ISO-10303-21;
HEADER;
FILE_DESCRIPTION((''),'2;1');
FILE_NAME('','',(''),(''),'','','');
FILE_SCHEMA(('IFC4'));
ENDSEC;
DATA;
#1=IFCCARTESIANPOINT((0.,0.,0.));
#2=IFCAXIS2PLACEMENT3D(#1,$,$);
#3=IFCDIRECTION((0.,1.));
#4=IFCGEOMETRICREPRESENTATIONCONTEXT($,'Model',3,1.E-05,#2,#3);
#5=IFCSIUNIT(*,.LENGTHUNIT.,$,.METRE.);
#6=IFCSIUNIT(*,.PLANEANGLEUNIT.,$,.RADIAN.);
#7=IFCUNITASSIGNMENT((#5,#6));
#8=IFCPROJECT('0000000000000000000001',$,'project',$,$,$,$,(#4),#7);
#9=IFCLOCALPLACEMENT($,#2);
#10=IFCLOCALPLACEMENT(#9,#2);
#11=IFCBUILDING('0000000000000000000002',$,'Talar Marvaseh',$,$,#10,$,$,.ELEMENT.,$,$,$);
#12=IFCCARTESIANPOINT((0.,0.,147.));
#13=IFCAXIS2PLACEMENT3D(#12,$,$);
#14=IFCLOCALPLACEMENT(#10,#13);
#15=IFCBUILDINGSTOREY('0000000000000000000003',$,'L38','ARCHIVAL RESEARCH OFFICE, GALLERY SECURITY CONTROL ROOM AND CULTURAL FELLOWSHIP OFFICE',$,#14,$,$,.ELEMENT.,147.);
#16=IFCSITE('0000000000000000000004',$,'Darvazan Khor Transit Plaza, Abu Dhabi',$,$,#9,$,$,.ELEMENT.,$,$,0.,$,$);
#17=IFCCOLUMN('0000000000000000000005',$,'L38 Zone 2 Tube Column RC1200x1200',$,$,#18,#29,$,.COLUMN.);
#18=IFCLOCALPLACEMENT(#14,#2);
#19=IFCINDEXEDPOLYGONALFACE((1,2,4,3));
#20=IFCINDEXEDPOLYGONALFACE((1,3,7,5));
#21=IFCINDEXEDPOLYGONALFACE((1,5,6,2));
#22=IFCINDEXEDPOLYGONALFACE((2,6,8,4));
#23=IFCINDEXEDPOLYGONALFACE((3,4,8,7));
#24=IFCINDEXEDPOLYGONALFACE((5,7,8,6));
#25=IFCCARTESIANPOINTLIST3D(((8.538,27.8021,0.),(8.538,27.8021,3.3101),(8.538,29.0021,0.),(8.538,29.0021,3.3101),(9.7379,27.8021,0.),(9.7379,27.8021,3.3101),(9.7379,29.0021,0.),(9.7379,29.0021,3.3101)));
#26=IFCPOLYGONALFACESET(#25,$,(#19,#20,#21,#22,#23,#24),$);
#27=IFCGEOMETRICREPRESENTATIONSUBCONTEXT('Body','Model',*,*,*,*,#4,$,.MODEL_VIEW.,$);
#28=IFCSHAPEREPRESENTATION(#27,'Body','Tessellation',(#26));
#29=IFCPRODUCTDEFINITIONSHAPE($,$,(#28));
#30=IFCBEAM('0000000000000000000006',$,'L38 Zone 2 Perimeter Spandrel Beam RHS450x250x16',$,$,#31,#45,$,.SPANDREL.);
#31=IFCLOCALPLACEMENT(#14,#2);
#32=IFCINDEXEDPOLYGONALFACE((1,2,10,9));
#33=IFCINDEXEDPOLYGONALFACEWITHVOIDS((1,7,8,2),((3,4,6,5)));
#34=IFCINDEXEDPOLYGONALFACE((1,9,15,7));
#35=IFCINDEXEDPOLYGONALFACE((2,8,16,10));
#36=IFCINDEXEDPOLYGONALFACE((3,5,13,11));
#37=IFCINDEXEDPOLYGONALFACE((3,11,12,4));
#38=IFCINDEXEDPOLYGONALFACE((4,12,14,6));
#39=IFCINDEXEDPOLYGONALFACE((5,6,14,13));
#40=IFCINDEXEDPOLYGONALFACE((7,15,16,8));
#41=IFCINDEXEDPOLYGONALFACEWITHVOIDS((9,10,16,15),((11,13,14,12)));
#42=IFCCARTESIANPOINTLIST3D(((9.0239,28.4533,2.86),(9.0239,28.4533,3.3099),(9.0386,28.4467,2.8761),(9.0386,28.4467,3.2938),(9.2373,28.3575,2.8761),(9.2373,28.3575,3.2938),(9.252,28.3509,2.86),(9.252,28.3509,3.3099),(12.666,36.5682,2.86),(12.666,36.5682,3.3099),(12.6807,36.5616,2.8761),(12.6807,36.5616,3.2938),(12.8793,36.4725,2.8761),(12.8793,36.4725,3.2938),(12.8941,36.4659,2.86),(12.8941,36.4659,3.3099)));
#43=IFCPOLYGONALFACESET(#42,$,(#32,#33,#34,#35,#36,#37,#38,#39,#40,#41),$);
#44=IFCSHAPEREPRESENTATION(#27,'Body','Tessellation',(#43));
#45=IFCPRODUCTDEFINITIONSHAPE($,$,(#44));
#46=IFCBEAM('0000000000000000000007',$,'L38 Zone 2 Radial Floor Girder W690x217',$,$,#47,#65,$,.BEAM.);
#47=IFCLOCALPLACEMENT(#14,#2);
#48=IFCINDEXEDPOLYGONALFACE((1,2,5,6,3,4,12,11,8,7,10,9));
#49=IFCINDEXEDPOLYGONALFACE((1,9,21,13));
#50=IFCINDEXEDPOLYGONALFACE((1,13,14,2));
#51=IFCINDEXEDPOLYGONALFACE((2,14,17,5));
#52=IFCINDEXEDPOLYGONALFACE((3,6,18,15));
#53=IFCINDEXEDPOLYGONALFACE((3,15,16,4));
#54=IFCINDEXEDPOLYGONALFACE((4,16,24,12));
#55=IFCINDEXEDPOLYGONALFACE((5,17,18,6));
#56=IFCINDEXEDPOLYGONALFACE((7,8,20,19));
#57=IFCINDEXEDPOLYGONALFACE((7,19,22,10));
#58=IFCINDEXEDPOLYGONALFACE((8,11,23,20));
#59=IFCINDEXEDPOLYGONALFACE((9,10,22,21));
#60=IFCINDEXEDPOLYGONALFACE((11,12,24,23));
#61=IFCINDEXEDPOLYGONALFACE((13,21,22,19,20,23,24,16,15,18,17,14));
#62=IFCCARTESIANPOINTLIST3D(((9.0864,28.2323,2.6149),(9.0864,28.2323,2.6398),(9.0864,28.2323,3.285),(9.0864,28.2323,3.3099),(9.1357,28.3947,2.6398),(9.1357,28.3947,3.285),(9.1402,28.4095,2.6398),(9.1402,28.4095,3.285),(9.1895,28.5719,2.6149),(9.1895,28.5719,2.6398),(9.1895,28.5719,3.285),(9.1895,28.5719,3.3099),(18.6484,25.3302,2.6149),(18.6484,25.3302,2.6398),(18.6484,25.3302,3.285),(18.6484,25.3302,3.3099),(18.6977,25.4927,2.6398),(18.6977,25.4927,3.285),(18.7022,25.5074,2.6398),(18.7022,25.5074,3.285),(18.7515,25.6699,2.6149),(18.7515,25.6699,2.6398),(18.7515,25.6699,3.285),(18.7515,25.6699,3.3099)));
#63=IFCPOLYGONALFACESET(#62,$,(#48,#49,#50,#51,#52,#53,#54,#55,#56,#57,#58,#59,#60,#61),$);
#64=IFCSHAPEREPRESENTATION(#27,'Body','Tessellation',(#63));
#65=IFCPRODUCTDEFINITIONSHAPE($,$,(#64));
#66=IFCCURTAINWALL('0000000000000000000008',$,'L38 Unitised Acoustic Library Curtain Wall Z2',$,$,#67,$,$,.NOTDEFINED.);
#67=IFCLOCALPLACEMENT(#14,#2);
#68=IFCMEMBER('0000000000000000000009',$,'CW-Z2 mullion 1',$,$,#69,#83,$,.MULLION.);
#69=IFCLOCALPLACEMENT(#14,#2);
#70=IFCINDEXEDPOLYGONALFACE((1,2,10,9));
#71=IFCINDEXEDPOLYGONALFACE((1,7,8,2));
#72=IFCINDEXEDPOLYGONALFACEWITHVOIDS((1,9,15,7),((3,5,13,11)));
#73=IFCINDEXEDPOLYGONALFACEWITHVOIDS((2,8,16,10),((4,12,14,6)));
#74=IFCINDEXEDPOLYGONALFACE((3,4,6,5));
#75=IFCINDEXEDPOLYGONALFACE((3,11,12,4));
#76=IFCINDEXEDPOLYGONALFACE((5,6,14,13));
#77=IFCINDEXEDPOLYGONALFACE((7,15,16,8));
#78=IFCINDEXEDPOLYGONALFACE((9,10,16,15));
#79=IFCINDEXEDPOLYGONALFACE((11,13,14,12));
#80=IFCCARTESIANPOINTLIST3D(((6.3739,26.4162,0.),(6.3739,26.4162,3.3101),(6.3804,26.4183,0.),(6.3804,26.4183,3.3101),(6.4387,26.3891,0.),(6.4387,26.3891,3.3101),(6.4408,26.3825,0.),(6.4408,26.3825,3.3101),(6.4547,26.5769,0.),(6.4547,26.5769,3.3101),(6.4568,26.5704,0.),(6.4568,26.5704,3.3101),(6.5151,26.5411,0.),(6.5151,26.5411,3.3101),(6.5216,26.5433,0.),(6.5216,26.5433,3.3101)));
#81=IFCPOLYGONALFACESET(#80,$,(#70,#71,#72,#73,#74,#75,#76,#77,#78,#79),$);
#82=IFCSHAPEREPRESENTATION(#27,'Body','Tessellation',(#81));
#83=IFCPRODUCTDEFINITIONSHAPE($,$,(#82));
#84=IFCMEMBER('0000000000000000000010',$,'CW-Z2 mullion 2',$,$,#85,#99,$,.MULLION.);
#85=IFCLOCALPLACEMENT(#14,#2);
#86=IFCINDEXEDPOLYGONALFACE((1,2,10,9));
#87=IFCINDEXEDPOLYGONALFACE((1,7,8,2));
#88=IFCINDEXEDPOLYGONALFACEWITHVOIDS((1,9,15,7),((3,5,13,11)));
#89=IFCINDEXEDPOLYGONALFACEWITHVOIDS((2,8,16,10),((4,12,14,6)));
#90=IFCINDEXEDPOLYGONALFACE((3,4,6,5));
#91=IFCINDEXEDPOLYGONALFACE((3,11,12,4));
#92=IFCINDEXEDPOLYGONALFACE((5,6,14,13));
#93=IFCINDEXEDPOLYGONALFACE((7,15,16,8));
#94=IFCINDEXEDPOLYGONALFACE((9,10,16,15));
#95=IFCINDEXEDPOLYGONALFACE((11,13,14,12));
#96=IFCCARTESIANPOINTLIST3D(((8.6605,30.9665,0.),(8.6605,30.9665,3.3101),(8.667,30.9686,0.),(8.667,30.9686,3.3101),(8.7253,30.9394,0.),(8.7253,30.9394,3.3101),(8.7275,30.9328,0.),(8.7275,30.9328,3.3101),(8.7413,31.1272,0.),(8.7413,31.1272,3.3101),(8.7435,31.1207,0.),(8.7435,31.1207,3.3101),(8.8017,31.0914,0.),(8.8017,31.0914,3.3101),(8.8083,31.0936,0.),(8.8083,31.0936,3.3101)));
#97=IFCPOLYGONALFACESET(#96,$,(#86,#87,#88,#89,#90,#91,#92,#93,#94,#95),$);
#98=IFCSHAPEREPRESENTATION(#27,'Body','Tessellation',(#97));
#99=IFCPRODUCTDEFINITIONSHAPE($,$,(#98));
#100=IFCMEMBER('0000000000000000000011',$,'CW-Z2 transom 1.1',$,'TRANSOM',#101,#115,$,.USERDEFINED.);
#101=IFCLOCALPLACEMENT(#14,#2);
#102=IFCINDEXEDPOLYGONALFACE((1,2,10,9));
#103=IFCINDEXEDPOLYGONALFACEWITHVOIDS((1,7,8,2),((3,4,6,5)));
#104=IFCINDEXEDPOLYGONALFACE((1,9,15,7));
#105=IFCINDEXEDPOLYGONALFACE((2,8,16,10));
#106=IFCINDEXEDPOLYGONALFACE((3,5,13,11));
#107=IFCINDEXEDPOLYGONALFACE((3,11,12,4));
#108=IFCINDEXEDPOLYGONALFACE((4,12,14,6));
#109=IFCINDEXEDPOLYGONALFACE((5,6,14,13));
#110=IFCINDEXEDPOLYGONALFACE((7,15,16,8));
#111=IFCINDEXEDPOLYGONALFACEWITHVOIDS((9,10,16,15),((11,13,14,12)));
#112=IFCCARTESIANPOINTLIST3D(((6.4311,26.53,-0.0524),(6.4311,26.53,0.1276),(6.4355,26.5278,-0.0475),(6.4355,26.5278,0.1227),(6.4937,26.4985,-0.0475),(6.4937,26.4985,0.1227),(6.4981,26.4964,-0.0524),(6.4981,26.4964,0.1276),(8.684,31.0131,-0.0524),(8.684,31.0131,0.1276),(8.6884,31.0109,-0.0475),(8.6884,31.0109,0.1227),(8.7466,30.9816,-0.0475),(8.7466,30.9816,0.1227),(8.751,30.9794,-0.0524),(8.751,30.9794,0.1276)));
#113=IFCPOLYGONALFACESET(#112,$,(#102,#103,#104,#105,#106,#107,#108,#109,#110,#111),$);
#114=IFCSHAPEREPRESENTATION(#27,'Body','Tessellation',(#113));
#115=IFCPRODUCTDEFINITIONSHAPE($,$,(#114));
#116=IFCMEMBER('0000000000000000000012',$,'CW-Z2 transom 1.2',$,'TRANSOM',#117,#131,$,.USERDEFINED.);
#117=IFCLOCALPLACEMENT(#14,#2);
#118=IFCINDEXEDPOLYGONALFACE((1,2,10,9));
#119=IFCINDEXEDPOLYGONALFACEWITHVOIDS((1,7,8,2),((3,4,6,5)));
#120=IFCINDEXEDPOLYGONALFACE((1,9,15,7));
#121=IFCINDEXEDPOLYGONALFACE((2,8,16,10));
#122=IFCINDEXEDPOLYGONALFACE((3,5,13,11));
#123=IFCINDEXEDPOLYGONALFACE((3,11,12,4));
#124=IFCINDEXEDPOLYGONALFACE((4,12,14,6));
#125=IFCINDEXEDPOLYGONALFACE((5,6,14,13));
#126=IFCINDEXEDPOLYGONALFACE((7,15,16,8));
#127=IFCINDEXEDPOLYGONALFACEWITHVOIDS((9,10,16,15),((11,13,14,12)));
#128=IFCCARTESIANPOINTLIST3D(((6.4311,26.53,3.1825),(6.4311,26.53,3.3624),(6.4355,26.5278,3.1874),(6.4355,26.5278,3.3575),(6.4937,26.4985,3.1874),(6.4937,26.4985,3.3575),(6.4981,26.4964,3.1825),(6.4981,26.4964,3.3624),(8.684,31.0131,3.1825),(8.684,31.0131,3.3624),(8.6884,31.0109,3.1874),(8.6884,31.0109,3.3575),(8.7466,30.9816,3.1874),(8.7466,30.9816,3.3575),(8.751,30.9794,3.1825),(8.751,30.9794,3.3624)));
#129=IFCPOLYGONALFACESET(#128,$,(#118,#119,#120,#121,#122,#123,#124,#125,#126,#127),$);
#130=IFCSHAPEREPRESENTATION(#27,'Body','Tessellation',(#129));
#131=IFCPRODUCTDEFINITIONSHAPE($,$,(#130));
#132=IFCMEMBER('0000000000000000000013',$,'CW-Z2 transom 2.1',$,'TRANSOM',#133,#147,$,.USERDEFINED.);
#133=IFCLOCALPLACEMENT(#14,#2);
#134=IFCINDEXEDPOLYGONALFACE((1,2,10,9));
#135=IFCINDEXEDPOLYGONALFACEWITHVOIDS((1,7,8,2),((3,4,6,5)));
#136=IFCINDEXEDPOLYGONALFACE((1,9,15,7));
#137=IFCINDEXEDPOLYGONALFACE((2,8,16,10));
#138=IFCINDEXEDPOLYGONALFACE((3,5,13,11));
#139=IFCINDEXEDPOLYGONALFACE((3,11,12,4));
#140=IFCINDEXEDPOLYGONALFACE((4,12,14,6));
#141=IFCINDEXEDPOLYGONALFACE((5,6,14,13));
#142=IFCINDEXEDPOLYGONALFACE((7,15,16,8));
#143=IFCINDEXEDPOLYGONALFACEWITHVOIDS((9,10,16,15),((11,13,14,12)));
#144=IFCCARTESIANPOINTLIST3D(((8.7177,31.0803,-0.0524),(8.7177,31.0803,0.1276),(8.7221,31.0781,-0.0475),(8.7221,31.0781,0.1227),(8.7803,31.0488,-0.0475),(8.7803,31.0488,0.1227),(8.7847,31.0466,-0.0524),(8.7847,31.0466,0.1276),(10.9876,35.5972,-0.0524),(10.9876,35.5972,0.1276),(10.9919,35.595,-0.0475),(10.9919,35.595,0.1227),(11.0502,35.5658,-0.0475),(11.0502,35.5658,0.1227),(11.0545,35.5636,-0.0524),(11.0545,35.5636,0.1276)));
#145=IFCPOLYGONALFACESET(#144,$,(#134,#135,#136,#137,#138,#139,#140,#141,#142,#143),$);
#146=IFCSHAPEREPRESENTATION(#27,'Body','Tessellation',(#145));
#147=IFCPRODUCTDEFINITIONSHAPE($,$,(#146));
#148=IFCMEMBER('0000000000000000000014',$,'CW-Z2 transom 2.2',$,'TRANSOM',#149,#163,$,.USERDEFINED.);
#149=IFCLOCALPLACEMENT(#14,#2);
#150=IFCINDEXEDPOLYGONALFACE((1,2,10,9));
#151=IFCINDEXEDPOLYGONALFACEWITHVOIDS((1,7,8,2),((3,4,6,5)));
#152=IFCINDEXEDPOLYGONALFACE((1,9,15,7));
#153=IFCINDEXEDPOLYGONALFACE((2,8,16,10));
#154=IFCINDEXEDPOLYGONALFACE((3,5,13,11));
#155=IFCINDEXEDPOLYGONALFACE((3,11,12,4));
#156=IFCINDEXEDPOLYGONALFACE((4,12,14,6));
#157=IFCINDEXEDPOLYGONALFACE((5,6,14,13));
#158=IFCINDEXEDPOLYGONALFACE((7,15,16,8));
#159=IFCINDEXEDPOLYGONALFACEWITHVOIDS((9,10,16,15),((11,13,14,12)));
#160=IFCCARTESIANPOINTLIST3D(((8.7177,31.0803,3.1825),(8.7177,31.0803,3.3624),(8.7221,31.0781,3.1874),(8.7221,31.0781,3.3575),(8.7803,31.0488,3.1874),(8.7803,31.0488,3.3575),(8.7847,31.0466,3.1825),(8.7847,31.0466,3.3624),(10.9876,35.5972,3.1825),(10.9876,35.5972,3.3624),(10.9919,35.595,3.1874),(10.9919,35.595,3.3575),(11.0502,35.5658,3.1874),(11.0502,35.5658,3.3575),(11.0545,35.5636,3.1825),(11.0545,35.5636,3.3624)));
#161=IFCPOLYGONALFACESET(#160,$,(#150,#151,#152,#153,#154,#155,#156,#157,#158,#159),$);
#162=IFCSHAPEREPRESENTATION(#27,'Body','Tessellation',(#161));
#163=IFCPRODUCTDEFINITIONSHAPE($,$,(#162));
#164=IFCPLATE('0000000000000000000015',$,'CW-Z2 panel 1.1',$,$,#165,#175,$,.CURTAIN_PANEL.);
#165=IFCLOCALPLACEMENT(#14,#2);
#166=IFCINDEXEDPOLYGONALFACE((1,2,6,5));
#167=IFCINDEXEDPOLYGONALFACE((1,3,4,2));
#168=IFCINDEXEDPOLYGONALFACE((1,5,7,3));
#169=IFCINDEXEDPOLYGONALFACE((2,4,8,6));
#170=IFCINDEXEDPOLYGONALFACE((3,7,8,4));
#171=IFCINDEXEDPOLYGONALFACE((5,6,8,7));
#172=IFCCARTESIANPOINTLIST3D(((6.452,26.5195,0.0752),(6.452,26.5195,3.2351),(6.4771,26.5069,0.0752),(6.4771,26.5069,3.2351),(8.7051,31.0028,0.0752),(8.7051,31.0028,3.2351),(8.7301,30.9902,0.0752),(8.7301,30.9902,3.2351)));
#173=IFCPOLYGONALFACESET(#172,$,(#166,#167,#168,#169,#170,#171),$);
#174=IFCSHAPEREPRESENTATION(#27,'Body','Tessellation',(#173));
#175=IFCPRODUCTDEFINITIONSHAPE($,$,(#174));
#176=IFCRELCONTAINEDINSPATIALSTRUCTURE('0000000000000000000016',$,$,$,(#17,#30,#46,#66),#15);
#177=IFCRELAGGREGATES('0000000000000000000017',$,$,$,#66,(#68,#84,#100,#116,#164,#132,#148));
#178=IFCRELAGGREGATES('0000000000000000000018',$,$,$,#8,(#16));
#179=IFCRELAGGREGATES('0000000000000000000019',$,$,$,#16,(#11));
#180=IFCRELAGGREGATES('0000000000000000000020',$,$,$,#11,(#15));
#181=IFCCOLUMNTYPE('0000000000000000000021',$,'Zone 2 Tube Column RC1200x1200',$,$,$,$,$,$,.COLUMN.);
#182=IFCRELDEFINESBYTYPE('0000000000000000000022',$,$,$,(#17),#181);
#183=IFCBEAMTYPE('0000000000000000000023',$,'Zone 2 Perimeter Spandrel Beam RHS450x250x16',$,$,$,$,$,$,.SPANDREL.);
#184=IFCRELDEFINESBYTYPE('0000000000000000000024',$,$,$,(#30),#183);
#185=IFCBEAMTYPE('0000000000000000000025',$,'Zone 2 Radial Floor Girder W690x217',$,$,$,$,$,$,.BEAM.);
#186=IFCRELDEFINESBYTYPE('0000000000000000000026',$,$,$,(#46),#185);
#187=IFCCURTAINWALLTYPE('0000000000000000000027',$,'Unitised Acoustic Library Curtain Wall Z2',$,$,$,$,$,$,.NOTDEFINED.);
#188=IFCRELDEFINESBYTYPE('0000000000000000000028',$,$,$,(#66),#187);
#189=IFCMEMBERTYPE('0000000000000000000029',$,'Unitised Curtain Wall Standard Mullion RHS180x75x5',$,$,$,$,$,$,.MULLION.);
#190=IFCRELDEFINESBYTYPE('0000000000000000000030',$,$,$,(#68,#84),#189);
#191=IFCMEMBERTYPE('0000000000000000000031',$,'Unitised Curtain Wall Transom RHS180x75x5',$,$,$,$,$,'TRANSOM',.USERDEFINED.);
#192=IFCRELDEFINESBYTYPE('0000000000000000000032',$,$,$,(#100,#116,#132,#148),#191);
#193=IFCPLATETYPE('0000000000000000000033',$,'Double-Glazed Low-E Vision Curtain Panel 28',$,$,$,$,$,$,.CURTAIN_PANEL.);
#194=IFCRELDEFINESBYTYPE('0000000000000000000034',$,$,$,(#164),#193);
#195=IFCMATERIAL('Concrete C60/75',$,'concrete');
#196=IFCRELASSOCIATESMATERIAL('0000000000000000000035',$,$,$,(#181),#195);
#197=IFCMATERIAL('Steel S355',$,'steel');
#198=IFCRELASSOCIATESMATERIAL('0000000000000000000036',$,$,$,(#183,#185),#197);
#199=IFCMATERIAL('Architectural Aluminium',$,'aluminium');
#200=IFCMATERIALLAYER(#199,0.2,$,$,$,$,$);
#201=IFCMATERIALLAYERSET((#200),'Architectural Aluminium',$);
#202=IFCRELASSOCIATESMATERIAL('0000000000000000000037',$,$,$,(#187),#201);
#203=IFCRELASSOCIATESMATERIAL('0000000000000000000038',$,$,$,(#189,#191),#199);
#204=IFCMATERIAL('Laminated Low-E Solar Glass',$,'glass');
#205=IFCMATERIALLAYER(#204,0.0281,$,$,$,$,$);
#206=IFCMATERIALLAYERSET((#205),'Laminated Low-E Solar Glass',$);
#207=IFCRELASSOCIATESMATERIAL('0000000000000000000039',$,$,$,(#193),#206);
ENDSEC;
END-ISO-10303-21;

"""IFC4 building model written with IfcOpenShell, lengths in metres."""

from ifc_helpers import new_model, si_unit, direction, frame, origin, origin_2d, place, context, subcontext, project, spatial, rectangle, hollow_rectangle, i_section, extrude, source, transform, mapped, material, layer, layer_set, material_profile, profile_set, type_object, type_shapes, element, aggregate, save


model = new_model("IFC4")

# Units and contexts
model_context = context("Model", 3, precision=1e-05, world=origin(), true_north=direction((0.0, 1.0)))
body_context = subcontext(model_context, "Body", "Model", "MODEL_VIEW")
ifc_project = project(units=[si_unit("LENGTHUNIT", "METRE"), si_unit("PLANEANGLEUNIT", "RADIAN")], contexts=[model_context])

# Site, building, storey
site_placement = place(None, origin())
site = spatial("IfcSite", under=ifc_project, at=site_placement, Name="Darvazan Khor Transit Plaza, Abu Dhabi", CompositionType="ELEMENT", RefElevation=0.0)
building_placement = place(site_placement, origin())
building = spatial("IfcBuilding", under=site, at=building_placement, Name="Talar Marvaseh", CompositionType="ELEMENT")
storey_placement = place(building_placement, frame((0.0, 0.0, 147.0)))
storey = spatial("IfcBuildingStorey", under=building, at=storey_placement, Name="L38", Description="ARCHIVAL RESEARCH OFFICE, GALLERY SECURITY CONTROL ROOM AND CULTURAL FELLOWSHIP OFFICE", CompositionType="ELEMENT", Elevation=147.0)

# Column
ifc_material_1 = material(Name="Concrete C60/75", Category="concrete")
ifc_material_profile_1 = material_profile(ifc_material_1, rectangle(XDim=1.2, YDim=1.2, at=origin_2d()), Name="RC1200x1200")
ifc_profile_set_1 = profile_set([ifc_material_profile_1], Name="Concrete C60/75")
column_type = type_object("IfcColumnType", Name="Zone 2 Tube Column RC1200x1200", PredefinedType="COLUMN", material=ifc_profile_set_1)
column_placement = place(storey_placement, frame((9.1379, 28.4021, 0.0), z_axis=(0.0, 0.0, 1.0), x_axis=(1.0, 0.0, 0.0)))
element("IfcColumn", 1, at=column_placement, inside=storey, type_object=column_type, Name="L38 Zone 2 Tube Column RC1200x1200", PredefinedType="COLUMN", context=body_context, shape_type="SweptSolid", body=[
    extrude(rectangle(XDim=1.2, YDim=1.2, at=origin_2d()), origin(), (0.0, 0.0, 1.0), 3.3101),
])

# Beams
ifc_material_2 = material(Name="Steel S355", Category="steel")
ifc_material_profile_2 = material_profile(ifc_material_2, hollow_rectangle(XDim=0.25, YDim=0.45, WallThickness=0.0161, at=origin_2d()), Name="RHS450x250x16")
ifc_profile_set_2 = profile_set([ifc_material_profile_2], Name="Steel S355")
beam_type_1 = type_object("IfcBeamType", Name="Zone 2 Perimeter Spandrel Beam RHS450x250x16", PredefinedType="SPANDREL", material=ifc_profile_set_2)
beam_1_placement = place(storey_placement, frame((9.1379, 28.4021, 3.085), z_axis=(0.409462, 0.912327, 0.0), x_axis=(-0.912327, 0.409462, 0.0)))
element("IfcBeam", 2, at=beam_1_placement, inside=storey, type_object=beam_type_1, Name="L38 Zone 2 Perimeter Spandrel Beam RHS450x250x16", PredefinedType="SPANDREL", context=body_context, shape_type="SweptSolid", body=[
    extrude(hollow_rectangle(XDim=0.25, YDim=0.45, WallThickness=0.0161, at=origin_2d()), origin(), (0.0, 0.0, 1.0), 8.8948),
])
ifc_material_profile_3 = material_profile(ifc_material_2, i_section(OverallWidth=0.355, OverallDepth=0.6951, WebThickness=0.0154, FlangeThickness=0.0249, at=origin_2d()), Name="W690x217")
ifc_profile_set_3 = profile_set([ifc_material_profile_3], Name="Steel S355")
beam_type_2 = type_object("IfcBeamType", Name="Zone 2 Radial Floor Girder W690x217", PredefinedType="BEAM", material=ifc_profile_set_3)
beam_2_placement = place(storey_placement, frame((9.1379, 28.4021, 2.9624), z_axis=(0.956899, -0.290422, 0.0), x_axis=(0.290422, 0.956899, 0.0)))
element("IfcBeam", 3, at=beam_2_placement, inside=storey, type_object=beam_type_2, Name="L38 Zone 2 Radial Floor Girder W690x217", PredefinedType="BEAM", context=body_context, shape_type="SweptSolid", body=[
    extrude(i_section(OverallWidth=0.355, OverallDepth=0.6951, WebThickness=0.0154, FlangeThickness=0.0249, at=origin_2d()), origin(), (0.0, 0.0, 1.0), 9.9927),
])

# Curtain wall, members, plate
ifc_material_3 = material(Name="Architectural Aluminium", Category="aluminium")
ifc_layer_1 = layer(ifc_material_3, 0.2)
ifc_layer_set_1 = layer_set([ifc_layer_1], Name="Architectural Aluminium")
curtain_wall_type = type_object("IfcCurtainWallType", Name="Unitised Acoustic Library Curtain Wall Z2", PredefinedType="NOTDEFINED", material=ifc_layer_set_1)
curtain_wall_placement = place(storey_placement, origin())
curtain_wall = element("IfcCurtainWall", 4, at=curtain_wall_placement, inside=storey, type_object=curtain_wall_type, Name="L38 Unitised Acoustic Library Curtain Wall Z2", PredefinedType="NOTDEFINED")
ifc_material_profile_4 = material_profile(ifc_material_3, hollow_rectangle(XDim=0.075, YDim=0.1799, WallThickness=0.0049, at=origin_2d()), Name="RHS180x75x5")
ifc_profile_set_4 = profile_set([ifc_material_profile_4], Name="Architectural Aluminium")
member_type_1 = type_object("IfcMemberType", Name="Unitised Curtain Wall Standard Mullion RHS180x75x5", PredefinedType="MULLION", material=ifc_profile_set_4)
shared_shape_1 = source(origin(), body_context, "Body", "SweptSolid", [
    extrude(hollow_rectangle(XDim=0.075, YDim=0.1799, WallThickness=0.0049, at=origin_2d()), origin(), (0.0, 0.0, 1.0), 3.3101),
])
type_shapes(member_type_1, [shared_shape_1])
member_1_placement = place(storey_placement, frame((6.4478, 26.4797, 0.0), z_axis=(0.0, 0.0, 1.0), x_axis=(-0.893514, 0.449035, 0.0)))
member_1 = element("IfcMember", 5, at=member_1_placement, type_object=member_type_1, Name="CW-Z2 mullion 1", PredefinedType="MULLION", context=body_context, shape_type="MappedRepresentation", body=[
    mapped(shared_shape_1, transform((0.0, 0.0, 0.0), x_axis=(1.0, 0.0, 0.0), y_axis=(0.0, 1.0, 0.0), z_axis=(0.0, 0.0, 1.0), scale=1.0)),
])
member_2_placement = place(storey_placement, frame((8.7344, 31.03, 0.0), z_axis=(0.0, 0.0, 1.0), x_axis=(-0.893514, 0.449035, 0.0)))
member_2 = element("IfcMember", 6, at=member_2_placement, type_object=member_type_1, Name="CW-Z2 mullion 2", PredefinedType="MULLION", context=body_context, shape_type="MappedRepresentation", body=[
    mapped(shared_shape_1, transform((0.0, 0.0, 0.0), x_axis=(1.0, 0.0, 0.0), y_axis=(0.0, 1.0, 0.0), z_axis=(0.0, 0.0, 1.0), scale=1.0)),
])
ifc_material_profile_5 = material_profile(ifc_material_3, hollow_rectangle(XDim=0.075, YDim=0.1799, WallThickness=0.0049, at=origin_2d()), Name="RHS180x75x5")
ifc_profile_set_5 = profile_set([ifc_material_profile_5], Name="Architectural Aluminium")
member_type_2 = type_object("IfcMemberType", Name="Unitised Curtain Wall Transom RHS180x75x5", ElementType="TRANSOM", PredefinedType="USERDEFINED", material=ifc_profile_set_5)
shared_shape_2 = source(origin(), body_context, "Body", "SweptSolid", [
    extrude(hollow_rectangle(XDim=0.075, YDim=0.1799, WallThickness=0.0049, at=origin_2d()), origin(), (0.0, 0.0, 1.0), 5.0173),
])
member_3_placement = place(storey_placement, frame((6.4646, 26.5132, 0.0376), z_axis=(0.449023, 0.89352, 0.0), x_axis=(-0.89352, 0.449023, 0.0)))
member_3 = element("IfcMember", 7, at=member_3_placement, type_object=member_type_2, Name="CW-Z2 transom 1.1", ObjectType="TRANSOM", PredefinedType="USERDEFINED", context=body_context, shape_type="MappedRepresentation", body=[
    mapped(shared_shape_2, transform((0.0, 0.0, 0.0), x_axis=(1.0, 0.0, 0.0), y_axis=(0.0, 1.0, 0.0), z_axis=(0.0, 0.0, 1.0), scale=1.0)),
])
member_4_placement = place(storey_placement, frame((6.4646, 26.5132, 3.2725), z_axis=(0.449023, 0.89352, 0.0), x_axis=(-0.89352, 0.449023, 0.0)))
member_4 = element("IfcMember", 8, at=member_4_placement, type_object=member_type_2, Name="CW-Z2 transom 1.2", ObjectType="TRANSOM", PredefinedType="USERDEFINED", context=body_context, shape_type="MappedRepresentation", body=[
    mapped(shared_shape_2, transform((0.0, 0.0, 0.0), x_axis=(1.0, 0.0, 0.0), y_axis=(0.0, 1.0, 0.0), z_axis=(0.0, 0.0, 1.0), scale=1.0)),
])
shared_shape_3 = source(origin(), body_context, "Body", "SweptSolid", [
    extrude(hollow_rectangle(XDim=0.075, YDim=0.1799, WallThickness=0.0049, at=origin_2d()), origin(), (0.0, 0.0, 1.0), 5.0552),
])
type_shapes(member_type_2, [shared_shape_2, shared_shape_3])
member_5_placement = place(storey_placement, frame((8.7512, 31.0635, 0.0376), z_axis=(0.449009, 0.893527, 0.0), x_axis=(-0.893527, 0.449009, 0.0)))
member_5 = element("IfcMember", 9, at=member_5_placement, type_object=member_type_2, Name="CW-Z2 transom 2.1", ObjectType="TRANSOM", PredefinedType="USERDEFINED", context=body_context, shape_type="MappedRepresentation", body=[
    mapped(shared_shape_3, transform((0.0, 0.0, 0.0), x_axis=(1.0, 0.0, 0.0), y_axis=(0.0, 1.0, 0.0), z_axis=(0.0, 0.0, 1.0), scale=1.0)),
])
member_6_placement = place(storey_placement, frame((8.7512, 31.0635, 3.2725), z_axis=(0.449009, 0.893527, 0.0), x_axis=(-0.893527, 0.449009, 0.0)))
member_6 = element("IfcMember", 10, at=member_6_placement, type_object=member_type_2, Name="CW-Z2 transom 2.2", ObjectType="TRANSOM", PredefinedType="USERDEFINED", context=body_context, shape_type="MappedRepresentation", body=[
    mapped(shared_shape_3, transform((0.0, 0.0, 0.0), x_axis=(1.0, 0.0, 0.0), y_axis=(0.0, 1.0, 0.0), z_axis=(0.0, 0.0, 1.0), scale=1.0)),
])
ifc_material_4 = material(Name="Laminated Low-E Solar Glass", Category="glass")
ifc_layer_2 = layer(ifc_material_4, 0.0281)
ifc_layer_set_2 = layer_set([ifc_layer_2], Name="Laminated Low-E Solar Glass")
plate_type = type_object("IfcPlateType", Name="Double-Glazed Low-E Vision Curtain Panel 28", PredefinedType="CURTAIN_PANEL", material=ifc_layer_set_2)
shared_shape_4 = source(origin(), body_context, "Body", "SweptSolid", [
    extrude(rectangle(XDim=5.0176, YDim=0.0281, at=origin_2d()), origin(), (0.0, 0.0, 1.0), 3.1599),
])
type_shapes(plate_type, [shared_shape_4])
plate_placement = place(storey_placement, frame((7.5911, 28.7549, 0.0752), z_axis=(0.0, 0.0, 1.0), x_axis=(0.449035, 0.893514, 0.0)))
plate = element("IfcPlate", 11, at=plate_placement, type_object=plate_type, Name="CW-Z2 panel 1.1", PredefinedType="CURTAIN_PANEL", context=body_context, shape_type="MappedRepresentation", body=[
    mapped(shared_shape_4, transform((0.0, 0.0, 0.0), x_axis=(1.0, 0.0, 0.0), y_axis=(0.0, 1.0, 0.0), z_axis=(0.0, 0.0, 1.0), scale=1.0)),
])
aggregate(curtain_wall, [member_1, member_2, member_3, member_4, plate, member_5, member_6])

save(model, "model.ifc")
